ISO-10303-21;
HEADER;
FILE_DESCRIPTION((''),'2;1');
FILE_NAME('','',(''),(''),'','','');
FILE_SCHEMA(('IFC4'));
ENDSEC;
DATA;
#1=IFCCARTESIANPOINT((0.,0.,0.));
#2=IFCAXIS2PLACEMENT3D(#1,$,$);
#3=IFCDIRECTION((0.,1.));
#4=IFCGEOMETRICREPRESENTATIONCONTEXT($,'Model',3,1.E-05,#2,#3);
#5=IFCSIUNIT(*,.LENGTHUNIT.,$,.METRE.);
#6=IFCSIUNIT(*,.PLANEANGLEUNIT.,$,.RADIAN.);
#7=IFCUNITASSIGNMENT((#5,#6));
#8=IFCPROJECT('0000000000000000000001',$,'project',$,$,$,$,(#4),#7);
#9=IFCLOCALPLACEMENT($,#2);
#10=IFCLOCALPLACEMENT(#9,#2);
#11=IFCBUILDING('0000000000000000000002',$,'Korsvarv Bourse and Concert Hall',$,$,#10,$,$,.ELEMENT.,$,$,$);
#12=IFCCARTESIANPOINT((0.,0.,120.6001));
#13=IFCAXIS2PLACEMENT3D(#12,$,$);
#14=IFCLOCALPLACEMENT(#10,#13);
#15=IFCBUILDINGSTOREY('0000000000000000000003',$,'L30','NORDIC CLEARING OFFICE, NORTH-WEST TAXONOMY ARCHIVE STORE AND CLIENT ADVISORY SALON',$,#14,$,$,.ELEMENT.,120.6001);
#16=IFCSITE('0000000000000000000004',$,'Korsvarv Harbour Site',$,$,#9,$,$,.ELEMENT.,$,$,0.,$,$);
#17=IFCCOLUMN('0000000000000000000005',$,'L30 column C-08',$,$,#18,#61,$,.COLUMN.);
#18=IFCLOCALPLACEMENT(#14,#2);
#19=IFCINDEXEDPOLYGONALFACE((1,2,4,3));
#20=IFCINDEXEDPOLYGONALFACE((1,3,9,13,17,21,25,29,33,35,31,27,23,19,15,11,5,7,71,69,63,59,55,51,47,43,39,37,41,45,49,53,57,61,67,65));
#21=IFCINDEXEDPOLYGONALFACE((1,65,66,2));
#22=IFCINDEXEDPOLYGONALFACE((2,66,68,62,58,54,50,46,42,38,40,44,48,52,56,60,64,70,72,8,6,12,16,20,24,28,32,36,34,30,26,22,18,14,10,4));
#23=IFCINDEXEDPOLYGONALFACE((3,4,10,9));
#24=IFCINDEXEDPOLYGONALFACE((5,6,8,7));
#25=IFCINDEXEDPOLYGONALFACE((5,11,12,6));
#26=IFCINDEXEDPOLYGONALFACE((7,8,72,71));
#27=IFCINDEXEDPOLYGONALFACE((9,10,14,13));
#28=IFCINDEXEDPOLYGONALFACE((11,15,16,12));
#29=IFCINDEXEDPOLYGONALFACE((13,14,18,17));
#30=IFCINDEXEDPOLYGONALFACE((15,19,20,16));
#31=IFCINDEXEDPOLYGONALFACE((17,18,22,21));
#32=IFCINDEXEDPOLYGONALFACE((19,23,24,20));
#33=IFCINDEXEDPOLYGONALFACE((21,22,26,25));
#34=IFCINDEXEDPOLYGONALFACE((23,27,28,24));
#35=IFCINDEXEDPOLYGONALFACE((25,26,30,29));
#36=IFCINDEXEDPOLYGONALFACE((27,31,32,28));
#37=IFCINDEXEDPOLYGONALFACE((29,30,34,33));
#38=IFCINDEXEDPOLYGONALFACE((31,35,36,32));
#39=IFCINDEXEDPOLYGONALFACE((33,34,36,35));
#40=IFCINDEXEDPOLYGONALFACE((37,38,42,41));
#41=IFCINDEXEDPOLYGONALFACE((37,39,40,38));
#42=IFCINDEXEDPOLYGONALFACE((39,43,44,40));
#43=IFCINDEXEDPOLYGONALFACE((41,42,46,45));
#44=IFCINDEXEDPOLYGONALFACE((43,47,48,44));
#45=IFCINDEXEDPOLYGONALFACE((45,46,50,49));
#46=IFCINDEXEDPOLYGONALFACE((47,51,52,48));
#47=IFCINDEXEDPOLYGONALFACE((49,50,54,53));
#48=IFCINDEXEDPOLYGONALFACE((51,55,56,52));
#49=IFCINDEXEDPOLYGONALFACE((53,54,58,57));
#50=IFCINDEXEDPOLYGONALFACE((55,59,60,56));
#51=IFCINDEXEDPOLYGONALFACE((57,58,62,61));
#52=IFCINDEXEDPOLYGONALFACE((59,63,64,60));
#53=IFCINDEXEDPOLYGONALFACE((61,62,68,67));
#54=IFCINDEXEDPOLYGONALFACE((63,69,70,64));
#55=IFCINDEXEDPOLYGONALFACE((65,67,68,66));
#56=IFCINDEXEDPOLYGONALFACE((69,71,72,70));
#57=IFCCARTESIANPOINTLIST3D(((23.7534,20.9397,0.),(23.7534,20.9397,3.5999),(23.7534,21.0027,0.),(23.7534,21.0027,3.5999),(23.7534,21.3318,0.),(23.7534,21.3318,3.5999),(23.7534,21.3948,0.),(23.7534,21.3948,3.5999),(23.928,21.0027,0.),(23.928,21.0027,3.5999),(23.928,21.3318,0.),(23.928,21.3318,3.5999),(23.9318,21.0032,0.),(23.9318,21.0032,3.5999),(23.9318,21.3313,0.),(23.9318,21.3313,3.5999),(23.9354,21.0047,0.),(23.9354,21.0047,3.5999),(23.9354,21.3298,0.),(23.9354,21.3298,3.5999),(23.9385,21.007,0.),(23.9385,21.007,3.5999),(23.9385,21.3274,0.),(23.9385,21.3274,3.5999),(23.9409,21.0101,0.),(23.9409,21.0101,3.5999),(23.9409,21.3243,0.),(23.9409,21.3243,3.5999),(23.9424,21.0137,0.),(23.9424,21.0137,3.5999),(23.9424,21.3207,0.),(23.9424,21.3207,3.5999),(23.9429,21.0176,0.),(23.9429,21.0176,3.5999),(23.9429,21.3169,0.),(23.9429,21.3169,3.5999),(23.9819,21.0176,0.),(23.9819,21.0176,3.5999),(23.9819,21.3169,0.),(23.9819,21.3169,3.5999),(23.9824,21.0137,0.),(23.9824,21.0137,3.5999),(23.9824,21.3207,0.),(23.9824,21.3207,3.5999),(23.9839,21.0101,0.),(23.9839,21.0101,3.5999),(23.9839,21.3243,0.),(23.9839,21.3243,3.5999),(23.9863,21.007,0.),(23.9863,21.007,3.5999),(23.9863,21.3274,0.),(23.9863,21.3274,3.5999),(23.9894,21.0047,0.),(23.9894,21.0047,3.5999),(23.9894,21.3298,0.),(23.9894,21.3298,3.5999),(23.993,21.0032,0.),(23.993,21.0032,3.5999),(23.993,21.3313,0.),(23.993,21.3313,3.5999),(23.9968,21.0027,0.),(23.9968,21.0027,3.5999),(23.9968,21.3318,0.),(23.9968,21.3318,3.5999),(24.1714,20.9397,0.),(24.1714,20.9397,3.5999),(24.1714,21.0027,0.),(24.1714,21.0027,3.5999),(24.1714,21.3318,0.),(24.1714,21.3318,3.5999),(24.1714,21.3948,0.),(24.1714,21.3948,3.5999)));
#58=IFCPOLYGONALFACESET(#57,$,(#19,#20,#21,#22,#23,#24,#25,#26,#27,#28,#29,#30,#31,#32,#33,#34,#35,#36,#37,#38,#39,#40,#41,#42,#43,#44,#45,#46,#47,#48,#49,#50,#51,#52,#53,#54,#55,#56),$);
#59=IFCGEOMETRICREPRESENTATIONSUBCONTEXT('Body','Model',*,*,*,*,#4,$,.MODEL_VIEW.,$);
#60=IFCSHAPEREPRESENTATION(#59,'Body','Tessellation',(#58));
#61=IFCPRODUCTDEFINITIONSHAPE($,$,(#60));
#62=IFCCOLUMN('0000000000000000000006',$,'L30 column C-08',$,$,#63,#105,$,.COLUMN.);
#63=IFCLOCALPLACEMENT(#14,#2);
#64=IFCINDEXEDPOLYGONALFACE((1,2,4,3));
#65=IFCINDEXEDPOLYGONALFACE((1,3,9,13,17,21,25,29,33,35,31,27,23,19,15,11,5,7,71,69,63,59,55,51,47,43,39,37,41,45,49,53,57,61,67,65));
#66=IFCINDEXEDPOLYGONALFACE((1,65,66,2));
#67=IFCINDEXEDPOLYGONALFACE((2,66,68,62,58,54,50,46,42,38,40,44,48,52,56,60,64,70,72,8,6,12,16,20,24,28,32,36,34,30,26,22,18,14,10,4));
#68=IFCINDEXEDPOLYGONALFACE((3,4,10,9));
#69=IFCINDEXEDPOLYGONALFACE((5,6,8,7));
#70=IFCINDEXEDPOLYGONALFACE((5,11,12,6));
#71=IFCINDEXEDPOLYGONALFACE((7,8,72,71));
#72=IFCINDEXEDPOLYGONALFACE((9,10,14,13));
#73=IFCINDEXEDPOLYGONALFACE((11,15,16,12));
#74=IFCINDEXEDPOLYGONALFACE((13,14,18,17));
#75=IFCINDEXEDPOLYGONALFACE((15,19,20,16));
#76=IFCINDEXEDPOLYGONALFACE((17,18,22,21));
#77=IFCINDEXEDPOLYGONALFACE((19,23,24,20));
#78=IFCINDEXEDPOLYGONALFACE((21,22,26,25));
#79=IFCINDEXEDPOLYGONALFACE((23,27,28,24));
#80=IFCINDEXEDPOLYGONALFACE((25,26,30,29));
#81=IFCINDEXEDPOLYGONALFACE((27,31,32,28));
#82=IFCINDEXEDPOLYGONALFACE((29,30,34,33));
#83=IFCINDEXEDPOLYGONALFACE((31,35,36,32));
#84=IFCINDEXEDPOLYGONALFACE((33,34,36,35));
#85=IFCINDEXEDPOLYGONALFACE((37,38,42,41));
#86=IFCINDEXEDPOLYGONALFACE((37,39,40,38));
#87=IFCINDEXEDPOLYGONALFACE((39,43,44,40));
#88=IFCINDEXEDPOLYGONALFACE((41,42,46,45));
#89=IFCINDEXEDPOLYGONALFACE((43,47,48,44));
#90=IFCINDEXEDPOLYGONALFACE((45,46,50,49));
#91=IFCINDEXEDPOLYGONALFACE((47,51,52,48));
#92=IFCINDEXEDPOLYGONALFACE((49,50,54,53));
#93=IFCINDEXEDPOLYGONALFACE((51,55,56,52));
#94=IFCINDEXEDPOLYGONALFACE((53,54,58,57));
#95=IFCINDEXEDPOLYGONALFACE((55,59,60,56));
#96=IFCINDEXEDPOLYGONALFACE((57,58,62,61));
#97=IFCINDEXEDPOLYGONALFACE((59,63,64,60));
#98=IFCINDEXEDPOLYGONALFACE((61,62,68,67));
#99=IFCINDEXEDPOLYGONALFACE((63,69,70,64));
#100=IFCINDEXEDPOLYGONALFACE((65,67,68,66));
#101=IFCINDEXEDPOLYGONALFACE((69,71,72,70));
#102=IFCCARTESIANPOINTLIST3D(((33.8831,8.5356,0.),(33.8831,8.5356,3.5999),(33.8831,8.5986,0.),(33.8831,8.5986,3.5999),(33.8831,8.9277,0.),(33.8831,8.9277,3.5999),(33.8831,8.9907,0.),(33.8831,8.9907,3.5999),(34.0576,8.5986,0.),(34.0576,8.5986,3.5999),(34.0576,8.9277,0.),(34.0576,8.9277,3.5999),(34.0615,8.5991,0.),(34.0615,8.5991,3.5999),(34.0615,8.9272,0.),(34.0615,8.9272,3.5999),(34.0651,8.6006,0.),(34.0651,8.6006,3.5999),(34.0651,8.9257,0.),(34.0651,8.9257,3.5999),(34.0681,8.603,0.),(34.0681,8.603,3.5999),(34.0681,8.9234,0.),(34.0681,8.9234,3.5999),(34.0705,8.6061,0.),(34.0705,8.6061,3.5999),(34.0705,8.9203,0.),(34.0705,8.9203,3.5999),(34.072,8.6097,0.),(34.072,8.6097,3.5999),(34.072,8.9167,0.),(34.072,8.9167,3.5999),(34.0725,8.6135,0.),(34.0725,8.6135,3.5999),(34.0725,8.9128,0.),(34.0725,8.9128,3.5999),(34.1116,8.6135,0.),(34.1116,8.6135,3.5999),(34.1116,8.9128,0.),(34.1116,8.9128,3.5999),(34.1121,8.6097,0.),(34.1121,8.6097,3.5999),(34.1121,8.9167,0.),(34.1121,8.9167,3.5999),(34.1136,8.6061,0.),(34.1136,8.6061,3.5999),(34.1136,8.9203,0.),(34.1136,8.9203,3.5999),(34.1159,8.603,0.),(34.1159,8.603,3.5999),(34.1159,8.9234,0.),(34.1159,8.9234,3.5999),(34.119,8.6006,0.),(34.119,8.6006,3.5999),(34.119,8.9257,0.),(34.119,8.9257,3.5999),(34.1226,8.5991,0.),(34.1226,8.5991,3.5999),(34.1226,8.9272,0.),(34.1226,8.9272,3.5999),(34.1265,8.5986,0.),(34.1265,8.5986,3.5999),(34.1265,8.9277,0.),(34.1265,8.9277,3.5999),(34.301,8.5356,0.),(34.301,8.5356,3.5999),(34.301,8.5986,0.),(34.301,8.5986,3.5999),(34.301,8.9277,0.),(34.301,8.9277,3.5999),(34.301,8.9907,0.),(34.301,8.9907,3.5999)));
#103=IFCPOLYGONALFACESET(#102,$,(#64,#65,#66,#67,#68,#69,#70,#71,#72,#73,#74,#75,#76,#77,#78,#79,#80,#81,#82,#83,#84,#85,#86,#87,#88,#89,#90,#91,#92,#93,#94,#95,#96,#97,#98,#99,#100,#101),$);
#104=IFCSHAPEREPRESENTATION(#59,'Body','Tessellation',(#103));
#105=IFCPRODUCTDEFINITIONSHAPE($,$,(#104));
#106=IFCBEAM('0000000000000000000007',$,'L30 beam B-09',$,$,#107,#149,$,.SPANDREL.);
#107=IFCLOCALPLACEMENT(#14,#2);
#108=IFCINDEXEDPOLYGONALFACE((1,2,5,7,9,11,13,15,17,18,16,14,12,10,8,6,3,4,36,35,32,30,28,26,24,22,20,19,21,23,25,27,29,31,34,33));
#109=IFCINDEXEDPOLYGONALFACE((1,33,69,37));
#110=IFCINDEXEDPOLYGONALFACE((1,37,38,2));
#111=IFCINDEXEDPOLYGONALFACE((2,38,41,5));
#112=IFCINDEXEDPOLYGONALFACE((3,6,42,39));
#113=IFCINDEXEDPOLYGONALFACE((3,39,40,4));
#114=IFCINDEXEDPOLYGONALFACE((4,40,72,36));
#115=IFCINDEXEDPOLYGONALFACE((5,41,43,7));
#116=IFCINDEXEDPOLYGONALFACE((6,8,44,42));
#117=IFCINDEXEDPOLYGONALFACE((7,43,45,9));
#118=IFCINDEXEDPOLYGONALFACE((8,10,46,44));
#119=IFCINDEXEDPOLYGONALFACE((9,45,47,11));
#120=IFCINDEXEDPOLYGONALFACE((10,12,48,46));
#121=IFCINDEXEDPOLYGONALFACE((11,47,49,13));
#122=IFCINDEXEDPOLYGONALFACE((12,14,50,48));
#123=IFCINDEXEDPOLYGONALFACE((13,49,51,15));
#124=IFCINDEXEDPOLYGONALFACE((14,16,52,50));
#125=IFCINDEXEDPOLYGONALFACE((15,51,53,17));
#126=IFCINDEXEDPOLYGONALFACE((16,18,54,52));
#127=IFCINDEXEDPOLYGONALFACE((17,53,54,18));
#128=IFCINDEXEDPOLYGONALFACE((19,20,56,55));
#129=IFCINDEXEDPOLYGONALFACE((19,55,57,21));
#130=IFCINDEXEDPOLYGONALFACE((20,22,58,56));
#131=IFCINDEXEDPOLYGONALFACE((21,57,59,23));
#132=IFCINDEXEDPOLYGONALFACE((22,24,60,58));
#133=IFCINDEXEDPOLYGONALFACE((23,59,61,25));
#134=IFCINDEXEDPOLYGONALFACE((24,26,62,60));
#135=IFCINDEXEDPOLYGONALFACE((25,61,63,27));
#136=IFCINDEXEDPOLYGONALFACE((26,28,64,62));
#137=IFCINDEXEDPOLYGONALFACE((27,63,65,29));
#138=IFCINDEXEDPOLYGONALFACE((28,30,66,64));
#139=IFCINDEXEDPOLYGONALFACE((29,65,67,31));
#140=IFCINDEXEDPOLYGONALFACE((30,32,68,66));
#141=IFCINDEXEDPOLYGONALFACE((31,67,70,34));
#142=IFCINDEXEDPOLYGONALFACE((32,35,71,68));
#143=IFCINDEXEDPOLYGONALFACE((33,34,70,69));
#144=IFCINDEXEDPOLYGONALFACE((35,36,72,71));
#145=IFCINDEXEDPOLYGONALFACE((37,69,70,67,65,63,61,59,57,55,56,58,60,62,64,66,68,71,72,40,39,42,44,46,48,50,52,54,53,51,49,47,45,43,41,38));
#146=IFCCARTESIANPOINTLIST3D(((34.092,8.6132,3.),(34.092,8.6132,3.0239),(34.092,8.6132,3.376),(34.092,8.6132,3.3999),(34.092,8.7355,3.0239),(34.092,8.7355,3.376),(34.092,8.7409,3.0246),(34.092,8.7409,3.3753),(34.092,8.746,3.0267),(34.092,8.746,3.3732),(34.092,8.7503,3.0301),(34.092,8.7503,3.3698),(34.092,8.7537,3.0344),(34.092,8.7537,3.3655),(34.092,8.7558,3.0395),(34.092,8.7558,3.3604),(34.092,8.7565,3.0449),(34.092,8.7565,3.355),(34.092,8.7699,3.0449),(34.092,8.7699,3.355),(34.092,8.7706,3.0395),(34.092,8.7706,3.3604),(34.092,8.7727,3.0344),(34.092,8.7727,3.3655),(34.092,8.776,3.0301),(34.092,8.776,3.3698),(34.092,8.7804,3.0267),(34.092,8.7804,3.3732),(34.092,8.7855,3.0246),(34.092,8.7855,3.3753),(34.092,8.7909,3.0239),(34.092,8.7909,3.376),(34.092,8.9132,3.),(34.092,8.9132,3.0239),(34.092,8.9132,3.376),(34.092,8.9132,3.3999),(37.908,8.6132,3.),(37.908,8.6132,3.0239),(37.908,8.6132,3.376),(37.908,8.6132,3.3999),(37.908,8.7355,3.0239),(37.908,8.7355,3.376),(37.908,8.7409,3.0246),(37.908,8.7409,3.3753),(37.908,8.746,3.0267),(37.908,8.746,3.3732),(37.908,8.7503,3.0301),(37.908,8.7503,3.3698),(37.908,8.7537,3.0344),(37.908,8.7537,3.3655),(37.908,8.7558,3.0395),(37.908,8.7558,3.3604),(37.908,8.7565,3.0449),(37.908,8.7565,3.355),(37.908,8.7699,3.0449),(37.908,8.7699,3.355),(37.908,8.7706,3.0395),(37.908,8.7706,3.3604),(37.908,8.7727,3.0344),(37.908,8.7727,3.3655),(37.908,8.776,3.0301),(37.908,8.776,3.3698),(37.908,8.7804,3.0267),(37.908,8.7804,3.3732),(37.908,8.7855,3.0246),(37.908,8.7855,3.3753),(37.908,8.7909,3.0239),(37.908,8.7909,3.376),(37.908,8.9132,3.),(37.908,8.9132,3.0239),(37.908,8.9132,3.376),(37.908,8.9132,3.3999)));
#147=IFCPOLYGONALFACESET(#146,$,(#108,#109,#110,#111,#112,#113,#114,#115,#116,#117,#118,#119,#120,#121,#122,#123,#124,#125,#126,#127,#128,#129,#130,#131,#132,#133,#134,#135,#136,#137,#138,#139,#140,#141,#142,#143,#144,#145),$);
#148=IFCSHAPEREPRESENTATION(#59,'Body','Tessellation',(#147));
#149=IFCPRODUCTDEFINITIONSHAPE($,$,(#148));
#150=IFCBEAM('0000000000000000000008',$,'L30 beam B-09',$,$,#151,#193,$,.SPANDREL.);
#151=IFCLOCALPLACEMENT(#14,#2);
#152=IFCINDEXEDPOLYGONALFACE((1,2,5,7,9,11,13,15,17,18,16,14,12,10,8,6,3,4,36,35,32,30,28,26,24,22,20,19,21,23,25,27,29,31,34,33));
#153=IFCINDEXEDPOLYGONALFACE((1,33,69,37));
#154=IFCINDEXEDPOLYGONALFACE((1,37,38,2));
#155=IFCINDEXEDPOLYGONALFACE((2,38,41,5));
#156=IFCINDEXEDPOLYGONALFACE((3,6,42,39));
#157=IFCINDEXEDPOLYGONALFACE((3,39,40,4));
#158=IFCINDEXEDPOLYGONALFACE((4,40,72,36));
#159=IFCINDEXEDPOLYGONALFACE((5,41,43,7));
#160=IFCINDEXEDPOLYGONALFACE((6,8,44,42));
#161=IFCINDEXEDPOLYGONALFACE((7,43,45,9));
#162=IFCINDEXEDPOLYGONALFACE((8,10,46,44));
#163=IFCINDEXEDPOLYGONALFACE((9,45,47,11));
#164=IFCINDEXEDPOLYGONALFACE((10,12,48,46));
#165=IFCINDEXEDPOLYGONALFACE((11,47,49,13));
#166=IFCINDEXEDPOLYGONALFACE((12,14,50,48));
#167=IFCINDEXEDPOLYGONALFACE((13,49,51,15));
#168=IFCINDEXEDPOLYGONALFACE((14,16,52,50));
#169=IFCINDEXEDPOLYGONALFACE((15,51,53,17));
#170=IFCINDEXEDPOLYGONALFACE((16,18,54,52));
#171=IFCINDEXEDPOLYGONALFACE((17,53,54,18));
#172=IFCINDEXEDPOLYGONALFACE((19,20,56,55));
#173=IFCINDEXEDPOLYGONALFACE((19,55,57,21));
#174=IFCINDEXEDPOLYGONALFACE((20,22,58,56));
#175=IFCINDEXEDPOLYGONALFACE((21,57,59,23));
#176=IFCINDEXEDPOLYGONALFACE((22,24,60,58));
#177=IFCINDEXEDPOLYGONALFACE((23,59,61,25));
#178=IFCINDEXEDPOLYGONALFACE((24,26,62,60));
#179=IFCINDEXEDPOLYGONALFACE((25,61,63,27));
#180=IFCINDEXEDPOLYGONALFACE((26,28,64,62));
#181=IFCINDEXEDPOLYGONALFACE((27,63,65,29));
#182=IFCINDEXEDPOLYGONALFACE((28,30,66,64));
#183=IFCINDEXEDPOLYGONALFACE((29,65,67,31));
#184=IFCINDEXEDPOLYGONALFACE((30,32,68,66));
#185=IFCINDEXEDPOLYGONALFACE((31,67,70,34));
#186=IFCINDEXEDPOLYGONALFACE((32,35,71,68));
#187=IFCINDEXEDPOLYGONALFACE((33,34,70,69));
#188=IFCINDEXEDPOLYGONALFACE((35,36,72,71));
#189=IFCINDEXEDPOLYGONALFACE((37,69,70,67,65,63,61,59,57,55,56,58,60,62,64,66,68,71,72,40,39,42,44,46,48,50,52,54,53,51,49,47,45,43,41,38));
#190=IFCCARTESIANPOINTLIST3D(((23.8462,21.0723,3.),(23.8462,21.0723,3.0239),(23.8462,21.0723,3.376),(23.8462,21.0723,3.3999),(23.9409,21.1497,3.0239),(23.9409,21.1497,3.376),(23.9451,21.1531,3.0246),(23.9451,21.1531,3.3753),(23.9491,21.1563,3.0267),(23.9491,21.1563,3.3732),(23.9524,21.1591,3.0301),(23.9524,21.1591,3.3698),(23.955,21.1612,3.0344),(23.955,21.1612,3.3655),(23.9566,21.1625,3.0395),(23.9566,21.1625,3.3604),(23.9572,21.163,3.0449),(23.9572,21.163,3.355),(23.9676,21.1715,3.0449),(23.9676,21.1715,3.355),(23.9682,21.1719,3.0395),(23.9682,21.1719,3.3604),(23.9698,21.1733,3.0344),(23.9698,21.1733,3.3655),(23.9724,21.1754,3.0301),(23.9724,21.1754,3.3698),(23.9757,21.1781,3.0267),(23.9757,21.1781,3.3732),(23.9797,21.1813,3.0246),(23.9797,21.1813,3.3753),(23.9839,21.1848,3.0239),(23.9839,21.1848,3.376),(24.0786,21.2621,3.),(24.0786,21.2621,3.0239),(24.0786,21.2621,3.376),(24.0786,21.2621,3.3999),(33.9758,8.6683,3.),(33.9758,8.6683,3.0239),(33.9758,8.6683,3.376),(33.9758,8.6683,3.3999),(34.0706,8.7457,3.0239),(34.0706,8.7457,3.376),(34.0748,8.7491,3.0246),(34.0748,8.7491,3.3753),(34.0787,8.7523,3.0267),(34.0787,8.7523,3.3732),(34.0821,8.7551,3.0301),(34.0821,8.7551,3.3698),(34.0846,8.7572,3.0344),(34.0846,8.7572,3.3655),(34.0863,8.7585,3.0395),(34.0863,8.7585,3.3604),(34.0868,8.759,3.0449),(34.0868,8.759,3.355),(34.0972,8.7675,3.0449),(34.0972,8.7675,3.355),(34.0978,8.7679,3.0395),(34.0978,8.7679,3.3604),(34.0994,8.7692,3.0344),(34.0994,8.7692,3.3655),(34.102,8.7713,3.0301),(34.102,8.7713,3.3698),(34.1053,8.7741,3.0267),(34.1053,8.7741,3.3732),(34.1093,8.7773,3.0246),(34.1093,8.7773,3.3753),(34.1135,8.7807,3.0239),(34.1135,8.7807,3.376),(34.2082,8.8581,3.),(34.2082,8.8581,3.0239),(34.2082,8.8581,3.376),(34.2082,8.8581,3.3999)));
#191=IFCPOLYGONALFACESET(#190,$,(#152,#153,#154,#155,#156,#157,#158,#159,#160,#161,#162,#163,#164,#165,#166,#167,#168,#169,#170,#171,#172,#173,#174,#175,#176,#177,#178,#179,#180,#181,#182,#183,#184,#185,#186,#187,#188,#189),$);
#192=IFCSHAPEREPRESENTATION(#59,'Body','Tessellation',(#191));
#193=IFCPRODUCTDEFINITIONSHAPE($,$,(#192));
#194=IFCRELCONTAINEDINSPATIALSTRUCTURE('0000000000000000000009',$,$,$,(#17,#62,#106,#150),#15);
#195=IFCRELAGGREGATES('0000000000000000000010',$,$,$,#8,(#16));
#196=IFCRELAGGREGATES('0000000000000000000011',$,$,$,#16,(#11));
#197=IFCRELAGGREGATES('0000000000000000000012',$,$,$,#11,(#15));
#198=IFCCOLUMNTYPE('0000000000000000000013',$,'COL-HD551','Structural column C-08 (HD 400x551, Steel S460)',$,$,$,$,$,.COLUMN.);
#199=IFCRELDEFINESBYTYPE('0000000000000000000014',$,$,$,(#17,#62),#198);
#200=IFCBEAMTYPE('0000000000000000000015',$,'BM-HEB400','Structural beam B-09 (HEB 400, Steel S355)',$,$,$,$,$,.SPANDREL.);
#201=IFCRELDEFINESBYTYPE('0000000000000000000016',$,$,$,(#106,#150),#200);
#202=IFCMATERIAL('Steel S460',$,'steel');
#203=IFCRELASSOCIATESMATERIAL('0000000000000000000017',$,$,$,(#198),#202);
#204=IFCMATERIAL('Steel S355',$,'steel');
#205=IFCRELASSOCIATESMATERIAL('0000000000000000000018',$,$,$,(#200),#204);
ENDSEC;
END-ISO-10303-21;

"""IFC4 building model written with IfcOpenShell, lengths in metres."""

from ifc_helpers import new_model, si_unit, direction, frame, origin, origin_2d, place, context, subcontext, project, spatial, i_section, extrude, source, transform, mapped, material, material_profile, profile_set, type_object, element, save


model = new_model("IFC4")

# Units and contexts
model_context = context("Model", 3, precision=1e-05, world=origin(), true_north=direction((0.0, 1.0)))
body_context = subcontext(model_context, "Body", "Model", "MODEL_VIEW")
ifc_project = project(units=[si_unit("LENGTHUNIT", "METRE"), si_unit("PLANEANGLEUNIT", "RADIAN")], contexts=[model_context])

# Site, building, storey
site_placement = place(None, origin())
site = spatial("IfcSite", under=ifc_project, at=site_placement, Name="Korsvarv Harbour Site", CompositionType="ELEMENT", RefElevation=0.0)
building_placement = place(site_placement, origin())
building = spatial("IfcBuilding", under=site, at=building_placement, Name="Korsvarv Bourse and Concert Hall", CompositionType="ELEMENT")
storey_placement = place(building_placement, frame((0.0, 0.0, 120.6001)))
storey = spatial("IfcBuildingStorey", under=building, at=storey_placement, Name="L30", Description="NORDIC CLEARING OFFICE, NORTH-WEST TAXONOMY ARCHIVE STORE AND CLIENT ADVISORY SALON", CompositionType="ELEMENT", Elevation=120.6001)

# Columns
ifc_material_1 = material(Name="Steel S460", Category="steel")
ifc_material_profile_1 = material_profile(ifc_material_1, i_section(OverallWidth=0.418, OverallDepth=0.4551, WebThickness=0.0391, FlangeThickness=0.063, FilletRadius=0.0149, at=origin_2d()), Name="HD 400x551")
ifc_profile_set_1 = profile_set([ifc_material_profile_1], Name="Steel S460")
column_type = type_object("IfcColumnType", Name="COL-HD551", Description="Structural column C-08 (HD 400x551, Steel S460)", PredefinedType="COLUMN", material=ifc_profile_set_1)
shared_shape_1 = source(origin(), body_context, "Body", "SweptSolid", [
    extrude(i_section(OverallWidth=0.418, OverallDepth=0.4551, WebThickness=0.0391, FlangeThickness=0.063, FilletRadius=0.0149, at=origin_2d()), origin(), (0.0, 0.0, 1.0), 3.5999),
])
for number, where, z_axis, x_axis, name in (
    (1, (23.9624, 21.1672, 0.0), (0.0, 0.0, 1.0), (1.0, 0.0, 0.0), "L30 column C-08"),
    (2, (34.092, 8.7632, 0.0), (0.0, 0.0, 1.0), (1.0, 0.0, 0.0), "L30 column C-08"),
):
    element("IfcColumn", number, at=place(storey_placement, frame(where, z_axis=z_axis, x_axis=x_axis)), inside=storey, type_object=column_type, Name=name, PredefinedType="COLUMN", context=body_context, shape_type="MappedRepresentation", body=[
        mapped(shared_shape_1, transform((0.0, 0.0, 0.0), scale=1.0)),
    ])

# Beams
ifc_material_2 = material(Name="Steel S355", Category="steel")
ifc_material_profile_2 = material_profile(ifc_material_2, i_section(OverallWidth=0.3, OverallDepth=0.3999, WebThickness=0.0134, FlangeThickness=0.0239, FilletRadius=0.021, at=origin_2d()), Name="HEB 400")
ifc_profile_set_2 = profile_set([ifc_material_profile_2], Name="Steel S355")
beam_type_1 = type_object("IfcBeamType", Name="BM-HEB400", Description="Structural beam B-09 (HEB 400, Steel S355)", PredefinedType="SPANDREL", material=ifc_profile_set_2)
shared_shape_2 = source(origin(), body_context, "Body", "SweptSolid", [
    extrude(i_section(OverallWidth=0.3, OverallDepth=0.3999, WebThickness=0.0134, FlangeThickness=0.0239, FilletRadius=0.021, at=origin_2d()), origin(), (0.0, 0.0, 1.0), 3.8159),
])
beam_1_placement = place(storey_placement, frame((34.092, 8.7632, 3.2), z_axis=(1.0, 0.0, 0.0), x_axis=(0.0, 1.0, 0.0)))
element("IfcBeam", 3, at=beam_1_placement, inside=storey, type_object=beam_type_1, Name="L30 beam B-09", PredefinedType="SPANDREL", context=body_context, shape_type="MappedRepresentation", body=[
    mapped(shared_shape_2, transform((0.0, 0.0, 0.0), scale=1.0)),
])
shared_shape_3 = source(origin(), body_context, "Body", "SweptSolid", [
    extrude(i_section(OverallWidth=0.3, OverallDepth=0.3999, WebThickness=0.0134, FlangeThickness=0.0239, FilletRadius=0.021, at=origin_2d()), origin(), (0.0, 0.0, 1.0), 16.0146),
])
beam_2_placement = place(storey_placement, frame((23.9624, 21.1672, 3.2), z_axis=(0.632522, -0.774542, 0.0), x_axis=(0.774542, 0.632522, 0.0)))
element("IfcBeam", 4, at=beam_2_placement, inside=storey, type_object=beam_type_1, Name="L30 beam B-09", PredefinedType="SPANDREL", context=body_context, shape_type="MappedRepresentation", body=[
    mapped(shared_shape_3, transform((0.0, 0.0, 0.0), scale=1.0)),
])

save(model, "model.ifc")
